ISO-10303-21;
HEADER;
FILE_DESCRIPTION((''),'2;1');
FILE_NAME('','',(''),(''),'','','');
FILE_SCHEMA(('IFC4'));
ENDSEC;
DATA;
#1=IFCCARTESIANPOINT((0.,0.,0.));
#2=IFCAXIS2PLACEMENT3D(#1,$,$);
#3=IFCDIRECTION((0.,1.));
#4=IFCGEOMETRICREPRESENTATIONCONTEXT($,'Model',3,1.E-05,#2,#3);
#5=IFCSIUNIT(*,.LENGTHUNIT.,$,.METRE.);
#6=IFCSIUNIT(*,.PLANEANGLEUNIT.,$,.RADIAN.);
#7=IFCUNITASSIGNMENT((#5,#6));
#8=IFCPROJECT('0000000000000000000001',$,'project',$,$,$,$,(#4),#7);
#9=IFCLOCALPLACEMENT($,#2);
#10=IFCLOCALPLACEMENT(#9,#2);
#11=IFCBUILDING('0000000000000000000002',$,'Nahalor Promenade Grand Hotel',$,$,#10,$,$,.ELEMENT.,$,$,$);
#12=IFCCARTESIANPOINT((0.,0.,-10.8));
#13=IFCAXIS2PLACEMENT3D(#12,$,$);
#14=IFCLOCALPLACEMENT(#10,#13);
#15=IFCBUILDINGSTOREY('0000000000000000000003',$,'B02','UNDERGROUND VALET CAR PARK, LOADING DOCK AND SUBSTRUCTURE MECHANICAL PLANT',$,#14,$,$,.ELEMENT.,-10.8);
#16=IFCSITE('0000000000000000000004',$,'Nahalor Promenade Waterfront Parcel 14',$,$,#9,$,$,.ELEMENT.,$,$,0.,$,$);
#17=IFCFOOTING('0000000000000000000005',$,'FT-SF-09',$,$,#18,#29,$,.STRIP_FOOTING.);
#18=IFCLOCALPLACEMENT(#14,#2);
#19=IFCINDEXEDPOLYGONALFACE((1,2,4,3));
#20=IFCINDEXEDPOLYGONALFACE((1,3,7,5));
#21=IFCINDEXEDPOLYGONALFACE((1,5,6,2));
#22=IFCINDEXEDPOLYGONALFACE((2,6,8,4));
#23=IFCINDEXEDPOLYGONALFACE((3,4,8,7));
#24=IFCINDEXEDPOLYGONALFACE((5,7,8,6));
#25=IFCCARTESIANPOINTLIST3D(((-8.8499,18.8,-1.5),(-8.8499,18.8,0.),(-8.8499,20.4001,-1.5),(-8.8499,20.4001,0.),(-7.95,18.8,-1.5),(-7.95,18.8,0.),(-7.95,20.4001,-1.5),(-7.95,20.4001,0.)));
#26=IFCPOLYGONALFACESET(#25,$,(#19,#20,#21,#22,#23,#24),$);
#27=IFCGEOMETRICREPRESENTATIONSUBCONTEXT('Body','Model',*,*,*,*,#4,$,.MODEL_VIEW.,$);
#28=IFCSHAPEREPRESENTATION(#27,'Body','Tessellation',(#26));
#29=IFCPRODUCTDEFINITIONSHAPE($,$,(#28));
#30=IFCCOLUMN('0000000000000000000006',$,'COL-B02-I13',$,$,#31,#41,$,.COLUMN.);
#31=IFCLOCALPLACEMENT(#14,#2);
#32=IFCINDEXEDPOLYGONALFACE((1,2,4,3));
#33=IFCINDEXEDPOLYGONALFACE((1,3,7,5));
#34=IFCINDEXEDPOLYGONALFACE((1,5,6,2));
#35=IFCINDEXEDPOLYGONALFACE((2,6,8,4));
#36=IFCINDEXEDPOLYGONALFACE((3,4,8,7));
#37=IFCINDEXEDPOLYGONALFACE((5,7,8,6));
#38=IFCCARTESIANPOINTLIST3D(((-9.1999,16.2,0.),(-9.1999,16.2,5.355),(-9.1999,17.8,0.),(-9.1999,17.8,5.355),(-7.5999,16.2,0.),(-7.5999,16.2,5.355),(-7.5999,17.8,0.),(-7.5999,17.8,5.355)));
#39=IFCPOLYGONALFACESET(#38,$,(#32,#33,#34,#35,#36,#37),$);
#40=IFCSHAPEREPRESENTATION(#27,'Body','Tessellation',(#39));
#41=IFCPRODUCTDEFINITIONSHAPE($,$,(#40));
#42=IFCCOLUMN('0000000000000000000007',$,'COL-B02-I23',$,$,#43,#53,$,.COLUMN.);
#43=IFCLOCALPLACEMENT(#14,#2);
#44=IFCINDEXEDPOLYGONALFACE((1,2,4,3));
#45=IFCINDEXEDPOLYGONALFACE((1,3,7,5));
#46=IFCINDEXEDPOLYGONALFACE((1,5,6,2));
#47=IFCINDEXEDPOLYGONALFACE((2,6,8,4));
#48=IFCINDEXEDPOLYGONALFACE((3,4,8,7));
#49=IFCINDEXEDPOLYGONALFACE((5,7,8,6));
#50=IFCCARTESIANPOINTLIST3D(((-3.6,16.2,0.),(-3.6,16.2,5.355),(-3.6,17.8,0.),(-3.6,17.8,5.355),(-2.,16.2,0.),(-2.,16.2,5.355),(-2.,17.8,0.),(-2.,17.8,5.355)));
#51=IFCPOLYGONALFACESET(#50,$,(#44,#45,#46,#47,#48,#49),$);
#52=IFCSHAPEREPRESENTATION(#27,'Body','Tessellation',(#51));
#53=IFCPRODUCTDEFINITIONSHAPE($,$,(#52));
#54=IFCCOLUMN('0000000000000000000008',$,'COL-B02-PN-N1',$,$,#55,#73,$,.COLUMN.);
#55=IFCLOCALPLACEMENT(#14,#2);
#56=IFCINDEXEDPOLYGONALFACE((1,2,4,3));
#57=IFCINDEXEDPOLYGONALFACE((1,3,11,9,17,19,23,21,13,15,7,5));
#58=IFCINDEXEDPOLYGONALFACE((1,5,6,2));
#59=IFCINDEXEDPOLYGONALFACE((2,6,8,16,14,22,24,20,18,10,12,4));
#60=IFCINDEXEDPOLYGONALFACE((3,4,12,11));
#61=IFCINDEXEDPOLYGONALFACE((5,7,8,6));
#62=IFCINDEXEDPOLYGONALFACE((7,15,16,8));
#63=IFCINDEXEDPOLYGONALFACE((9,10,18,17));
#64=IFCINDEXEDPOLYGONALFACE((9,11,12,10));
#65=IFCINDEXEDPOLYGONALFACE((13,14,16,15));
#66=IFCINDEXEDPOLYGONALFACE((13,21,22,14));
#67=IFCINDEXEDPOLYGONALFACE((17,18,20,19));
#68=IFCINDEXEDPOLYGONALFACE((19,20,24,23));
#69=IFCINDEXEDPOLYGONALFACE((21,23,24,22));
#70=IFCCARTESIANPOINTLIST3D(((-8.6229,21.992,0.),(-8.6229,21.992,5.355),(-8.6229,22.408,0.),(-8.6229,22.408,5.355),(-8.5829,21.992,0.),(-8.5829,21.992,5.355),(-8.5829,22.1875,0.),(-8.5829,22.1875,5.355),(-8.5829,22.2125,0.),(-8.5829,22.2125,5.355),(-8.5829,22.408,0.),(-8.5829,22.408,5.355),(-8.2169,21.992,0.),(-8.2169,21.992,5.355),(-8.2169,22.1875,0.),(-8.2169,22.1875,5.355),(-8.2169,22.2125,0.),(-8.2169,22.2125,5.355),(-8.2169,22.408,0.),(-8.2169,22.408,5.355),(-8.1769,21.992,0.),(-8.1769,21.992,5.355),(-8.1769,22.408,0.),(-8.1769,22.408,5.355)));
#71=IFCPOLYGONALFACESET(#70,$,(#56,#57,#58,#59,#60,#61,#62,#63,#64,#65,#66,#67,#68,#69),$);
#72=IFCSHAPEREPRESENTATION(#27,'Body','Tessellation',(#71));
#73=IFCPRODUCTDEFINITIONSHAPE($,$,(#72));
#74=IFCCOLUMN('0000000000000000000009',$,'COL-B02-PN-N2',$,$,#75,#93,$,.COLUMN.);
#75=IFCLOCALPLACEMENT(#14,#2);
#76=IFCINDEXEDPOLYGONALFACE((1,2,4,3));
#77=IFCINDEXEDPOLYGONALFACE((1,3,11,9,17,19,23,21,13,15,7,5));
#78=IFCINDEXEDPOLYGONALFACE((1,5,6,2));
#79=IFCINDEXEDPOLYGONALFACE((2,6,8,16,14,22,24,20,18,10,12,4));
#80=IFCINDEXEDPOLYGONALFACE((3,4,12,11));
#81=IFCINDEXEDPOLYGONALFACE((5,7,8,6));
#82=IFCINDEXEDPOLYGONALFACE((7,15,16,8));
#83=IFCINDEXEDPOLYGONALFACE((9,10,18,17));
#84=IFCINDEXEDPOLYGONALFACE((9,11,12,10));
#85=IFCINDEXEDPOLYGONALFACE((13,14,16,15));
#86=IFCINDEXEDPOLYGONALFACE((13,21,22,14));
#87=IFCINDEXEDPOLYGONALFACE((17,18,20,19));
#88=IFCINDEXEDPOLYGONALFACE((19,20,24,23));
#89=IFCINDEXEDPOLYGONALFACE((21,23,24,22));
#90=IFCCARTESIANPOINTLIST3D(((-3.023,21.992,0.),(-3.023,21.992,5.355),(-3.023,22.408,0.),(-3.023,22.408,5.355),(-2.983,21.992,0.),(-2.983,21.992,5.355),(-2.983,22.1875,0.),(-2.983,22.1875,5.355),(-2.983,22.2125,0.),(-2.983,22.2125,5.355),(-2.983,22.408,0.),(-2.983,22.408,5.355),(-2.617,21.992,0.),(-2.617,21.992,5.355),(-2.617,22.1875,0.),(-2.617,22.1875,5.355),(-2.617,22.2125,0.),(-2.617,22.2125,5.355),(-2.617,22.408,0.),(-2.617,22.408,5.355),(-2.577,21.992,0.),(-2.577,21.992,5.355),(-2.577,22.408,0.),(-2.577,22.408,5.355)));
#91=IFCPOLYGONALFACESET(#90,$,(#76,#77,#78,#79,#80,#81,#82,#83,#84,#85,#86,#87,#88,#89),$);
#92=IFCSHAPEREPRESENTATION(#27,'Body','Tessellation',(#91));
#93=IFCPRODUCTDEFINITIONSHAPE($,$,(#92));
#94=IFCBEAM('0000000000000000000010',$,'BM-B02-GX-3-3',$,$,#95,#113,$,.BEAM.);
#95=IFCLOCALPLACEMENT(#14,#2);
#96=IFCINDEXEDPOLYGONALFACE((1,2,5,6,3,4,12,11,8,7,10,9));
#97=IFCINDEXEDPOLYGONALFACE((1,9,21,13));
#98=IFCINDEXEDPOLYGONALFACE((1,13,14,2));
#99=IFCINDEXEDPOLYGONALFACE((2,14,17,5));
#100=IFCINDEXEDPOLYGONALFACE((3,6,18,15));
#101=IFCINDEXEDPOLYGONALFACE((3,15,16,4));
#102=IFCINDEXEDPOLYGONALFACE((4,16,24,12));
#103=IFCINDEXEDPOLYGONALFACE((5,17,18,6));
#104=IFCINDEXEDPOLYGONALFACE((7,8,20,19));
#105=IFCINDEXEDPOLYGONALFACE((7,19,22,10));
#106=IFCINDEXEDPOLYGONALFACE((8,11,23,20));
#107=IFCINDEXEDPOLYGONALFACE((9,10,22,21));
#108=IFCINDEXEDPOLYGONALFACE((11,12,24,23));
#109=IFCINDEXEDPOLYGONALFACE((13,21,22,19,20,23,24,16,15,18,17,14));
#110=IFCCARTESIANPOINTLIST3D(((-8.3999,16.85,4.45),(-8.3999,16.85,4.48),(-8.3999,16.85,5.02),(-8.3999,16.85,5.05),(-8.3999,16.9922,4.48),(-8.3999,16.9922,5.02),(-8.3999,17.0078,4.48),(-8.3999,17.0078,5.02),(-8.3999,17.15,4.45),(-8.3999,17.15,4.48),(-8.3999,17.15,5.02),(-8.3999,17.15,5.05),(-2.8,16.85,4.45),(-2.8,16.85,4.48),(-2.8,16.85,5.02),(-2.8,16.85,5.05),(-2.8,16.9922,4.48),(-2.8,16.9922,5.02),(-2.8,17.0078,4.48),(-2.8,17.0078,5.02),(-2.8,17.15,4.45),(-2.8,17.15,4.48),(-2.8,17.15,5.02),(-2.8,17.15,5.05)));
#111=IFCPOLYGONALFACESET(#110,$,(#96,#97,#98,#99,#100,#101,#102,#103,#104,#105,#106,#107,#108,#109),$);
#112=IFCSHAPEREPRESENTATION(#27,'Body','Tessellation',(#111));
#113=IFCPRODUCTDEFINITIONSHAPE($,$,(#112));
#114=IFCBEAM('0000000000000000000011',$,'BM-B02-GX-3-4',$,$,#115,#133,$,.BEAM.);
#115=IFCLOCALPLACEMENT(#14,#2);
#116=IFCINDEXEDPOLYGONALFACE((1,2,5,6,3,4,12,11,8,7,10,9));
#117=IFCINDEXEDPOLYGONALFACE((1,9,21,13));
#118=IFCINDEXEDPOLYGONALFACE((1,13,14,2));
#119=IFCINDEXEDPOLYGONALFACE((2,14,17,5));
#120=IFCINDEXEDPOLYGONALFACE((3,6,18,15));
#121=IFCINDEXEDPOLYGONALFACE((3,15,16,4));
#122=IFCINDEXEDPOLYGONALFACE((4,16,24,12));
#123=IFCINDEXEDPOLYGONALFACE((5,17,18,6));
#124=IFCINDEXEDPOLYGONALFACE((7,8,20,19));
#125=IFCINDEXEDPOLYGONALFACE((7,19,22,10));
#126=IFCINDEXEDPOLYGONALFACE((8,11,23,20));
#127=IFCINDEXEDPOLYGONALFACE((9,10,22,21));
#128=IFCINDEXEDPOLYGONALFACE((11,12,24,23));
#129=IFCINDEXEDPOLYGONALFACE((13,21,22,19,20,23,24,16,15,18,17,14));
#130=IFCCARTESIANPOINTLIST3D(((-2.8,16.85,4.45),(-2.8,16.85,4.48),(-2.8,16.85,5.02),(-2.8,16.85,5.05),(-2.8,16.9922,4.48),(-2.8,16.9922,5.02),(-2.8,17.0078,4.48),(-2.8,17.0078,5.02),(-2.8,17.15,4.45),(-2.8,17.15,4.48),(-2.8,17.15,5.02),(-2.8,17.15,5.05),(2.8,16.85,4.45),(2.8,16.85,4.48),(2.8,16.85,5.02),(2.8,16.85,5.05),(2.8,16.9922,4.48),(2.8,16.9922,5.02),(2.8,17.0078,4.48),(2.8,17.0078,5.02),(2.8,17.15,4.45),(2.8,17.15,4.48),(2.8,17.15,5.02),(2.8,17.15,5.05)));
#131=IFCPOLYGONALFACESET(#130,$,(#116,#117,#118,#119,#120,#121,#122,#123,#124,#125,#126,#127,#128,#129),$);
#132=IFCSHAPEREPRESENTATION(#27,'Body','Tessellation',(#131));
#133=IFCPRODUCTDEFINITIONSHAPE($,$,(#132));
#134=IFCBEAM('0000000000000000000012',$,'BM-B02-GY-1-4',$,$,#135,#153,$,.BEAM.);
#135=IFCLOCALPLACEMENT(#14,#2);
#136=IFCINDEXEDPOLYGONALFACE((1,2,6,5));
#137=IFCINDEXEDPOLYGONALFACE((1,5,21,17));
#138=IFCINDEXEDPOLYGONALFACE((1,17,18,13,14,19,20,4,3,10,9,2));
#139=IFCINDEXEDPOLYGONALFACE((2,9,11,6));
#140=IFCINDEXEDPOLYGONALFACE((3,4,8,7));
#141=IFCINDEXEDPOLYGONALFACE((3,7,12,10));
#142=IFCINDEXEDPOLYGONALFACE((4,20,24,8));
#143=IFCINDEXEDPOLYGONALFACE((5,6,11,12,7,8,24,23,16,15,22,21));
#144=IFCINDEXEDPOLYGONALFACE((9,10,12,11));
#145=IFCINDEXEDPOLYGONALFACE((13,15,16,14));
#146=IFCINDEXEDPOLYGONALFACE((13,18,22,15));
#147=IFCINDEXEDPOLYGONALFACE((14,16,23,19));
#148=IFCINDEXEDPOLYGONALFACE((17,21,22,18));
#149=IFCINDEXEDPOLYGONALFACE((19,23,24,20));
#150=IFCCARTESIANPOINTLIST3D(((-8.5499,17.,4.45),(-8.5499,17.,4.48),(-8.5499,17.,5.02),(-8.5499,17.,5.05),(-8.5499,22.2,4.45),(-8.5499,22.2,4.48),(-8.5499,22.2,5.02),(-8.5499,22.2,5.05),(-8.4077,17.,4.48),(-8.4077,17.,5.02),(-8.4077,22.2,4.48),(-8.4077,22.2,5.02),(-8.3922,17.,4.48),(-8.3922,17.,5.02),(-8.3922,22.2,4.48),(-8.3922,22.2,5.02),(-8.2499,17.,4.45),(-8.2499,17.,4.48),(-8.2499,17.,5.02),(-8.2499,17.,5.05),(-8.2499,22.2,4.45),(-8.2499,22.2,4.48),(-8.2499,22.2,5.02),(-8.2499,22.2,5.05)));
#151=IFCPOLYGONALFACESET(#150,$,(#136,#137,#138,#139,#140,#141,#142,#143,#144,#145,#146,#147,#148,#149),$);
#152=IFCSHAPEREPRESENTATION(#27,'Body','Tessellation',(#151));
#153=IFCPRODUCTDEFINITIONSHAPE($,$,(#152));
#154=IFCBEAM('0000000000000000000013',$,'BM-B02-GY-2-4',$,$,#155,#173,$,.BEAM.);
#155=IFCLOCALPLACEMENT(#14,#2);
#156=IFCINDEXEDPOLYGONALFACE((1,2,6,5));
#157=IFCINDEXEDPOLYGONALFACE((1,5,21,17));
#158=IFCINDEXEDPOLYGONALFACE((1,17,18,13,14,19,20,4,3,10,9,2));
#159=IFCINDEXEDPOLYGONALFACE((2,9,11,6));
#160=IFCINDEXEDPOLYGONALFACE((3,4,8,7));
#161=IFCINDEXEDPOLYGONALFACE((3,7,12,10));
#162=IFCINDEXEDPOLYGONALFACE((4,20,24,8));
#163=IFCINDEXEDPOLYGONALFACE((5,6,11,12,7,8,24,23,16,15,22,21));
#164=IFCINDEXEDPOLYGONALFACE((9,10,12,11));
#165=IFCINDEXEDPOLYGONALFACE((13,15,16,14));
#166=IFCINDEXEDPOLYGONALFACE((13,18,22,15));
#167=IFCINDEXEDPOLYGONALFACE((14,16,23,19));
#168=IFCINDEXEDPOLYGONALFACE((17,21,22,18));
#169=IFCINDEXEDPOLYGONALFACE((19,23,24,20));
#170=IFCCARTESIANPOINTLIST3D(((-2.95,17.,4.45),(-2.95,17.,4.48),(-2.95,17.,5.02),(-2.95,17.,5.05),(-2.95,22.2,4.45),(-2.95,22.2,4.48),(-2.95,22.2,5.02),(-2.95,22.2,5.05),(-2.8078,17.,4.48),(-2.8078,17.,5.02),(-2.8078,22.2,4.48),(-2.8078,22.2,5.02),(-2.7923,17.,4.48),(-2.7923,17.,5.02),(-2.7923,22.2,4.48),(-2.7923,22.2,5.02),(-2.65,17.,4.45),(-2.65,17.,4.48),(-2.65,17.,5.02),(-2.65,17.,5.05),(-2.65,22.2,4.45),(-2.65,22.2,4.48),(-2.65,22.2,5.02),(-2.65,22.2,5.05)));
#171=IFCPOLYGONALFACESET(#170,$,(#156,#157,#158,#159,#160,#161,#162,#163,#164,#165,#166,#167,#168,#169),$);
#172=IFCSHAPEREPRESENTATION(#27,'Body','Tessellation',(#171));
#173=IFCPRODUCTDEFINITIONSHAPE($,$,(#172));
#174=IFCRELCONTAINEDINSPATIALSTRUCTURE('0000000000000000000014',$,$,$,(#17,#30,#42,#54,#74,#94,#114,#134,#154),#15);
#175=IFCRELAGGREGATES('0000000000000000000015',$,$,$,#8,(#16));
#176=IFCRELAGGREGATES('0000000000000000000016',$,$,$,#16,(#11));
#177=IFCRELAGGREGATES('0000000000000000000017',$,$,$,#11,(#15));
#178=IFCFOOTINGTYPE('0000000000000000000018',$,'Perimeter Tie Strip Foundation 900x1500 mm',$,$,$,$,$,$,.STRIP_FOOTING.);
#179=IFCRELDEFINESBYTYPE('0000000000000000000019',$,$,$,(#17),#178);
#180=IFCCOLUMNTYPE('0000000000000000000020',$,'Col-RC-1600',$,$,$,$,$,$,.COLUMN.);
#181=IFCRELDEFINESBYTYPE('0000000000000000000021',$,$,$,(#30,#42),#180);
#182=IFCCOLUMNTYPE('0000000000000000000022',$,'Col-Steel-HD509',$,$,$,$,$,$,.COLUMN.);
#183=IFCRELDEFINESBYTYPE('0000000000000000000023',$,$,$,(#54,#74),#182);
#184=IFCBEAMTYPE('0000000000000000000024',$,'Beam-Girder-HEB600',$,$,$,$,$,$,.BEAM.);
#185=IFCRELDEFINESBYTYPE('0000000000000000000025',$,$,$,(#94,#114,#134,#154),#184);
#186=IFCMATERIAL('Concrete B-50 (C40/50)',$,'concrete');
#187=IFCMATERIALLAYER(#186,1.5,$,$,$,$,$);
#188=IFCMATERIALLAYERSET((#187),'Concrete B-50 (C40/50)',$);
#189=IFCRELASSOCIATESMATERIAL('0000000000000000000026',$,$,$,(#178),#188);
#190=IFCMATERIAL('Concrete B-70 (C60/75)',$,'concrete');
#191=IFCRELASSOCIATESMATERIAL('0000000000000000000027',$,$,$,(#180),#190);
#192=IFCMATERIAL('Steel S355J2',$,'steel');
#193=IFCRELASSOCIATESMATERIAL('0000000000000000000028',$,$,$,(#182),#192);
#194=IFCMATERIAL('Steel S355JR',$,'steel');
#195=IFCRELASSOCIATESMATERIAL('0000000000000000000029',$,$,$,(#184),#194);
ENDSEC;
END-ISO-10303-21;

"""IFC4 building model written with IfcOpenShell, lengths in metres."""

from ifc_helpers import new_model, si_unit, direction, frame, origin, origin_2d, place, context, subcontext, project, spatial, rectangle, i_section, extrude, source, transform, mapped, material, layer, layer_set, material_profile, profile_set, type_object, element, save


model = new_model("IFC4")

# Units and contexts
model_context = context("Model", 3, precision=1e-05, world=origin(), true_north=direction((0.0, 1.0)))
body_context = subcontext(model_context, "Body", "Model", "MODEL_VIEW")
ifc_project = project(units=[si_unit("LENGTHUNIT", "METRE"), si_unit("PLANEANGLEUNIT", "RADIAN")], contexts=[model_context])

# Site, building, storey
site_placement = place(None, origin())
site = spatial("IfcSite", under=ifc_project, at=site_placement, Name="Nahalor Promenade Waterfront Parcel 14", CompositionType="ELEMENT", RefElevation=0.0)
building_placement = place(site_placement, origin())
building = spatial("IfcBuilding", under=site, at=building_placement, Name="Nahalor Promenade Grand Hotel", CompositionType="ELEMENT")
storey_placement = place(building_placement, frame((0.0, 0.0, -10.8)))
storey = spatial("IfcBuildingStorey", under=building, at=storey_placement, Name="B02", Description="UNDERGROUND VALET CAR PARK, LOADING DOCK AND SUBSTRUCTURE MECHANICAL PLANT", CompositionType="ELEMENT", Elevation=-10.8)

# Shared definitions
ifc_material_1 = material(Name="Concrete B-50 (C40/50)", Category="concrete")

# Footing
ifc_layer_1 = layer(ifc_material_1, 1.5)
ifc_layer_set_1 = layer_set([ifc_layer_1], Name="Concrete B-50 (C40/50)")
footing_type_1 = type_object("IfcFootingType", Name="Perimeter Tie Strip Foundation 900x1500 mm", PredefinedType="STRIP_FOOTING", material=ifc_layer_set_1)
shared_shape_1 = source(origin(), body_context, "Body", "SweptSolid", [
    extrude(rectangle(XDim=0.8999, YDim=1.6001, at=origin_2d()), origin(), (0.0, 0.0, 1.0), 1.5),
])
footing_placement = place(storey_placement, frame((-8.3999, 19.6001, -1.5), z_axis=(0.0, 0.0, 1.0), x_axis=(1.0, 0.0, 0.0)))
element("IfcFooting", 1, at=footing_placement, inside=storey, type_object=footing_type_1, Name="FT-SF-09", PredefinedType="STRIP_FOOTING", context=body_context, shape_type="MappedRepresentation", body=[
    mapped(shared_shape_1, transform((0.0, 0.0, 0.0), scale=1.0)),
])

# Columns
ifc_material_2 = material(Name="Concrete B-70 (C60/75)", Category="concrete")
ifc_material_profile_1 = material_profile(ifc_material_2, rectangle(XDim=1.6, YDim=1.6, at=origin_2d()), Name="RC 1600x1600")
ifc_profile_set_1 = profile_set([ifc_material_profile_1], Name="Concrete B-70 (C60/75)")
column_type_1 = type_object("IfcColumnType", Name="Col-RC-1600", PredefinedType="COLUMN", material=ifc_profile_set_1)
shared_shape_2 = source(origin(), body_context, "Body", "SweptSolid", [
    extrude(rectangle(XDim=1.6, YDim=1.6, at=origin_2d()), origin(), (0.0, 0.0, 1.0), 5.355),
])
for number, where, z_axis, x_axis, name in (
    (2, (-8.3999, 17.0, 0.0), (0.0, 0.0, 1.0), (1.0, 0.0, 0.0), "COL-B02-I13"),
    (3, (-2.8, 17.0, 0.0), (0.0, 0.0, 1.0), (1.0, 0.0, 0.0), "COL-B02-I23"),
):
    element("IfcColumn", number, at=place(storey_placement, frame(where, z_axis=z_axis, x_axis=x_axis)), inside=storey, type_object=column_type_1, Name=name, PredefinedType="COLUMN", context=body_context, shape_type="MappedRepresentation", body=[
        mapped(shared_shape_2, transform((0.0, 0.0, 0.0), scale=1.0)),
    ])
ifc_material_3 = material(Name="Steel S355J2", Category="steel")
ifc_material_profile_2 = material_profile(ifc_material_3, i_section(OverallWidth=0.416, OverallDepth=0.446, WebThickness=0.025, FlangeThickness=0.04, at=origin_2d()), Name="HD 400x509")
ifc_profile_set_2 = profile_set([ifc_material_profile_2], Name="Steel S355J2")
column_type_2 = type_object("IfcColumnType", Name="Col-Steel-HD509", PredefinedType="COLUMN", material=ifc_profile_set_2)
shared_shape_3 = source(origin(), body_context, "Body", "SweptSolid", [
    extrude(i_section(OverallWidth=0.416, OverallDepth=0.446, WebThickness=0.025, FlangeThickness=0.04, at=origin_2d()), origin(), (0.0, 0.0, 1.0), 5.355),
])
for number, where, z_axis, x_axis, name in (
    (4, (-8.3999, 22.2, 0.0), (0.0, 0.0, 1.0), (0.0, 1.0, 0.0), "COL-B02-PN-N1"),
    (5, (-2.8, 22.2, 0.0), (0.0, 0.0, 1.0), (0.0, 1.0, 0.0), "COL-B02-PN-N2"),
):
    element("IfcColumn", number, at=place(storey_placement, frame(where, z_axis=z_axis, x_axis=x_axis)), inside=storey, type_object=column_type_2, Name=name, PredefinedType="COLUMN", context=body_context, shape_type="MappedRepresentation", body=[
        mapped(shared_shape_3, transform((0.0, 0.0, 0.0), scale=1.0)),
    ])

# Beams
ifc_material_4 = material(Name="Steel S355JR", Category="steel")
ifc_material_profile_3 = material_profile(ifc_material_4, i_section(OverallWidth=0.3, OverallDepth=0.6, WebThickness=0.0155, FlangeThickness=0.03, at=origin_2d()), Name="HEB 600")
ifc_profile_set_3 = profile_set([ifc_material_profile_3], Name="Steel S355JR")
beam_type_1 = type_object("IfcBeamType", Name="Beam-Girder-HEB600", PredefinedType="BEAM", material=ifc_profile_set_3)
shared_shape_4 = source(origin(), body_context, "Body", "SweptSolid", [
    extrude(i_section(OverallWidth=0.3, OverallDepth=0.6, WebThickness=0.0155, FlangeThickness=0.03, at=origin_2d()), origin(), (0.0, 0.0, 1.0), 5.5999),
])
beam_1_placement = place(storey_placement, frame((-8.3999, 17.0, 4.75), z_axis=(1.0, 0.0, 0.0), x_axis=(0.0, 1.0, 0.0)))
element("IfcBeam", 6, at=beam_1_placement, inside=storey, type_object=beam_type_1, Name="BM-B02-GX-3-3", PredefinedType="BEAM", context=body_context, shape_type="MappedRepresentation", body=[
    mapped(shared_shape_4, transform((0.0, 0.0, 0.0), scale=1.0)),
])
shared_shape_5 = source(origin(), body_context, "Body", "SweptSolid", [
    extrude(i_section(OverallWidth=0.3, OverallDepth=0.6, WebThickness=0.0155, FlangeThickness=0.03, at=origin_2d()), origin(), (0.0, 0.0, 1.0), 5.6001),
])
beam_2_placement = place(storey_placement, frame((-2.8, 17.0, 4.75), z_axis=(1.0, 0.0, 0.0), x_axis=(0.0, 1.0, 0.0)))
element("IfcBeam", 7, at=beam_2_placement, inside=storey, type_object=beam_type_1, Name="BM-B02-GX-3-4", PredefinedType="BEAM", context=body_context, shape_type="MappedRepresentation", body=[
    mapped(shared_shape_5, transform((0.0, 0.0, 0.0), scale=1.0)),
])
shared_shape_6 = source(origin(), body_context, "Body", "SweptSolid", [
    extrude(i_section(OverallWidth=0.3, OverallDepth=0.6, WebThickness=0.0155, FlangeThickness=0.03, at=origin_2d()), origin(), (0.0, 0.0, 1.0), 5.2),
])
for number, where, z_axis, x_axis, name in (
    (8, (-8.3999, 17.0, 4.75), (0.0, 1.0, 0.0), (-1.0, 0.0, 0.0), "BM-B02-GY-1-4"),
    (9, (-2.8, 17.0, 4.75), (0.0, 1.0, 0.0), (-1.0, 0.0, 0.0), "BM-B02-GY-2-4"),
):
    element("IfcBeam", number, at=place(storey_placement, frame(where, z_axis=z_axis, x_axis=x_axis)), inside=storey, type_object=beam_type_1, Name=name, PredefinedType="BEAM", context=body_context, shape_type="MappedRepresentation", body=[
        mapped(shared_shape_6, transform((0.0, 0.0, 0.0), scale=1.0)),
    ])

save(model, "model.ifc")
